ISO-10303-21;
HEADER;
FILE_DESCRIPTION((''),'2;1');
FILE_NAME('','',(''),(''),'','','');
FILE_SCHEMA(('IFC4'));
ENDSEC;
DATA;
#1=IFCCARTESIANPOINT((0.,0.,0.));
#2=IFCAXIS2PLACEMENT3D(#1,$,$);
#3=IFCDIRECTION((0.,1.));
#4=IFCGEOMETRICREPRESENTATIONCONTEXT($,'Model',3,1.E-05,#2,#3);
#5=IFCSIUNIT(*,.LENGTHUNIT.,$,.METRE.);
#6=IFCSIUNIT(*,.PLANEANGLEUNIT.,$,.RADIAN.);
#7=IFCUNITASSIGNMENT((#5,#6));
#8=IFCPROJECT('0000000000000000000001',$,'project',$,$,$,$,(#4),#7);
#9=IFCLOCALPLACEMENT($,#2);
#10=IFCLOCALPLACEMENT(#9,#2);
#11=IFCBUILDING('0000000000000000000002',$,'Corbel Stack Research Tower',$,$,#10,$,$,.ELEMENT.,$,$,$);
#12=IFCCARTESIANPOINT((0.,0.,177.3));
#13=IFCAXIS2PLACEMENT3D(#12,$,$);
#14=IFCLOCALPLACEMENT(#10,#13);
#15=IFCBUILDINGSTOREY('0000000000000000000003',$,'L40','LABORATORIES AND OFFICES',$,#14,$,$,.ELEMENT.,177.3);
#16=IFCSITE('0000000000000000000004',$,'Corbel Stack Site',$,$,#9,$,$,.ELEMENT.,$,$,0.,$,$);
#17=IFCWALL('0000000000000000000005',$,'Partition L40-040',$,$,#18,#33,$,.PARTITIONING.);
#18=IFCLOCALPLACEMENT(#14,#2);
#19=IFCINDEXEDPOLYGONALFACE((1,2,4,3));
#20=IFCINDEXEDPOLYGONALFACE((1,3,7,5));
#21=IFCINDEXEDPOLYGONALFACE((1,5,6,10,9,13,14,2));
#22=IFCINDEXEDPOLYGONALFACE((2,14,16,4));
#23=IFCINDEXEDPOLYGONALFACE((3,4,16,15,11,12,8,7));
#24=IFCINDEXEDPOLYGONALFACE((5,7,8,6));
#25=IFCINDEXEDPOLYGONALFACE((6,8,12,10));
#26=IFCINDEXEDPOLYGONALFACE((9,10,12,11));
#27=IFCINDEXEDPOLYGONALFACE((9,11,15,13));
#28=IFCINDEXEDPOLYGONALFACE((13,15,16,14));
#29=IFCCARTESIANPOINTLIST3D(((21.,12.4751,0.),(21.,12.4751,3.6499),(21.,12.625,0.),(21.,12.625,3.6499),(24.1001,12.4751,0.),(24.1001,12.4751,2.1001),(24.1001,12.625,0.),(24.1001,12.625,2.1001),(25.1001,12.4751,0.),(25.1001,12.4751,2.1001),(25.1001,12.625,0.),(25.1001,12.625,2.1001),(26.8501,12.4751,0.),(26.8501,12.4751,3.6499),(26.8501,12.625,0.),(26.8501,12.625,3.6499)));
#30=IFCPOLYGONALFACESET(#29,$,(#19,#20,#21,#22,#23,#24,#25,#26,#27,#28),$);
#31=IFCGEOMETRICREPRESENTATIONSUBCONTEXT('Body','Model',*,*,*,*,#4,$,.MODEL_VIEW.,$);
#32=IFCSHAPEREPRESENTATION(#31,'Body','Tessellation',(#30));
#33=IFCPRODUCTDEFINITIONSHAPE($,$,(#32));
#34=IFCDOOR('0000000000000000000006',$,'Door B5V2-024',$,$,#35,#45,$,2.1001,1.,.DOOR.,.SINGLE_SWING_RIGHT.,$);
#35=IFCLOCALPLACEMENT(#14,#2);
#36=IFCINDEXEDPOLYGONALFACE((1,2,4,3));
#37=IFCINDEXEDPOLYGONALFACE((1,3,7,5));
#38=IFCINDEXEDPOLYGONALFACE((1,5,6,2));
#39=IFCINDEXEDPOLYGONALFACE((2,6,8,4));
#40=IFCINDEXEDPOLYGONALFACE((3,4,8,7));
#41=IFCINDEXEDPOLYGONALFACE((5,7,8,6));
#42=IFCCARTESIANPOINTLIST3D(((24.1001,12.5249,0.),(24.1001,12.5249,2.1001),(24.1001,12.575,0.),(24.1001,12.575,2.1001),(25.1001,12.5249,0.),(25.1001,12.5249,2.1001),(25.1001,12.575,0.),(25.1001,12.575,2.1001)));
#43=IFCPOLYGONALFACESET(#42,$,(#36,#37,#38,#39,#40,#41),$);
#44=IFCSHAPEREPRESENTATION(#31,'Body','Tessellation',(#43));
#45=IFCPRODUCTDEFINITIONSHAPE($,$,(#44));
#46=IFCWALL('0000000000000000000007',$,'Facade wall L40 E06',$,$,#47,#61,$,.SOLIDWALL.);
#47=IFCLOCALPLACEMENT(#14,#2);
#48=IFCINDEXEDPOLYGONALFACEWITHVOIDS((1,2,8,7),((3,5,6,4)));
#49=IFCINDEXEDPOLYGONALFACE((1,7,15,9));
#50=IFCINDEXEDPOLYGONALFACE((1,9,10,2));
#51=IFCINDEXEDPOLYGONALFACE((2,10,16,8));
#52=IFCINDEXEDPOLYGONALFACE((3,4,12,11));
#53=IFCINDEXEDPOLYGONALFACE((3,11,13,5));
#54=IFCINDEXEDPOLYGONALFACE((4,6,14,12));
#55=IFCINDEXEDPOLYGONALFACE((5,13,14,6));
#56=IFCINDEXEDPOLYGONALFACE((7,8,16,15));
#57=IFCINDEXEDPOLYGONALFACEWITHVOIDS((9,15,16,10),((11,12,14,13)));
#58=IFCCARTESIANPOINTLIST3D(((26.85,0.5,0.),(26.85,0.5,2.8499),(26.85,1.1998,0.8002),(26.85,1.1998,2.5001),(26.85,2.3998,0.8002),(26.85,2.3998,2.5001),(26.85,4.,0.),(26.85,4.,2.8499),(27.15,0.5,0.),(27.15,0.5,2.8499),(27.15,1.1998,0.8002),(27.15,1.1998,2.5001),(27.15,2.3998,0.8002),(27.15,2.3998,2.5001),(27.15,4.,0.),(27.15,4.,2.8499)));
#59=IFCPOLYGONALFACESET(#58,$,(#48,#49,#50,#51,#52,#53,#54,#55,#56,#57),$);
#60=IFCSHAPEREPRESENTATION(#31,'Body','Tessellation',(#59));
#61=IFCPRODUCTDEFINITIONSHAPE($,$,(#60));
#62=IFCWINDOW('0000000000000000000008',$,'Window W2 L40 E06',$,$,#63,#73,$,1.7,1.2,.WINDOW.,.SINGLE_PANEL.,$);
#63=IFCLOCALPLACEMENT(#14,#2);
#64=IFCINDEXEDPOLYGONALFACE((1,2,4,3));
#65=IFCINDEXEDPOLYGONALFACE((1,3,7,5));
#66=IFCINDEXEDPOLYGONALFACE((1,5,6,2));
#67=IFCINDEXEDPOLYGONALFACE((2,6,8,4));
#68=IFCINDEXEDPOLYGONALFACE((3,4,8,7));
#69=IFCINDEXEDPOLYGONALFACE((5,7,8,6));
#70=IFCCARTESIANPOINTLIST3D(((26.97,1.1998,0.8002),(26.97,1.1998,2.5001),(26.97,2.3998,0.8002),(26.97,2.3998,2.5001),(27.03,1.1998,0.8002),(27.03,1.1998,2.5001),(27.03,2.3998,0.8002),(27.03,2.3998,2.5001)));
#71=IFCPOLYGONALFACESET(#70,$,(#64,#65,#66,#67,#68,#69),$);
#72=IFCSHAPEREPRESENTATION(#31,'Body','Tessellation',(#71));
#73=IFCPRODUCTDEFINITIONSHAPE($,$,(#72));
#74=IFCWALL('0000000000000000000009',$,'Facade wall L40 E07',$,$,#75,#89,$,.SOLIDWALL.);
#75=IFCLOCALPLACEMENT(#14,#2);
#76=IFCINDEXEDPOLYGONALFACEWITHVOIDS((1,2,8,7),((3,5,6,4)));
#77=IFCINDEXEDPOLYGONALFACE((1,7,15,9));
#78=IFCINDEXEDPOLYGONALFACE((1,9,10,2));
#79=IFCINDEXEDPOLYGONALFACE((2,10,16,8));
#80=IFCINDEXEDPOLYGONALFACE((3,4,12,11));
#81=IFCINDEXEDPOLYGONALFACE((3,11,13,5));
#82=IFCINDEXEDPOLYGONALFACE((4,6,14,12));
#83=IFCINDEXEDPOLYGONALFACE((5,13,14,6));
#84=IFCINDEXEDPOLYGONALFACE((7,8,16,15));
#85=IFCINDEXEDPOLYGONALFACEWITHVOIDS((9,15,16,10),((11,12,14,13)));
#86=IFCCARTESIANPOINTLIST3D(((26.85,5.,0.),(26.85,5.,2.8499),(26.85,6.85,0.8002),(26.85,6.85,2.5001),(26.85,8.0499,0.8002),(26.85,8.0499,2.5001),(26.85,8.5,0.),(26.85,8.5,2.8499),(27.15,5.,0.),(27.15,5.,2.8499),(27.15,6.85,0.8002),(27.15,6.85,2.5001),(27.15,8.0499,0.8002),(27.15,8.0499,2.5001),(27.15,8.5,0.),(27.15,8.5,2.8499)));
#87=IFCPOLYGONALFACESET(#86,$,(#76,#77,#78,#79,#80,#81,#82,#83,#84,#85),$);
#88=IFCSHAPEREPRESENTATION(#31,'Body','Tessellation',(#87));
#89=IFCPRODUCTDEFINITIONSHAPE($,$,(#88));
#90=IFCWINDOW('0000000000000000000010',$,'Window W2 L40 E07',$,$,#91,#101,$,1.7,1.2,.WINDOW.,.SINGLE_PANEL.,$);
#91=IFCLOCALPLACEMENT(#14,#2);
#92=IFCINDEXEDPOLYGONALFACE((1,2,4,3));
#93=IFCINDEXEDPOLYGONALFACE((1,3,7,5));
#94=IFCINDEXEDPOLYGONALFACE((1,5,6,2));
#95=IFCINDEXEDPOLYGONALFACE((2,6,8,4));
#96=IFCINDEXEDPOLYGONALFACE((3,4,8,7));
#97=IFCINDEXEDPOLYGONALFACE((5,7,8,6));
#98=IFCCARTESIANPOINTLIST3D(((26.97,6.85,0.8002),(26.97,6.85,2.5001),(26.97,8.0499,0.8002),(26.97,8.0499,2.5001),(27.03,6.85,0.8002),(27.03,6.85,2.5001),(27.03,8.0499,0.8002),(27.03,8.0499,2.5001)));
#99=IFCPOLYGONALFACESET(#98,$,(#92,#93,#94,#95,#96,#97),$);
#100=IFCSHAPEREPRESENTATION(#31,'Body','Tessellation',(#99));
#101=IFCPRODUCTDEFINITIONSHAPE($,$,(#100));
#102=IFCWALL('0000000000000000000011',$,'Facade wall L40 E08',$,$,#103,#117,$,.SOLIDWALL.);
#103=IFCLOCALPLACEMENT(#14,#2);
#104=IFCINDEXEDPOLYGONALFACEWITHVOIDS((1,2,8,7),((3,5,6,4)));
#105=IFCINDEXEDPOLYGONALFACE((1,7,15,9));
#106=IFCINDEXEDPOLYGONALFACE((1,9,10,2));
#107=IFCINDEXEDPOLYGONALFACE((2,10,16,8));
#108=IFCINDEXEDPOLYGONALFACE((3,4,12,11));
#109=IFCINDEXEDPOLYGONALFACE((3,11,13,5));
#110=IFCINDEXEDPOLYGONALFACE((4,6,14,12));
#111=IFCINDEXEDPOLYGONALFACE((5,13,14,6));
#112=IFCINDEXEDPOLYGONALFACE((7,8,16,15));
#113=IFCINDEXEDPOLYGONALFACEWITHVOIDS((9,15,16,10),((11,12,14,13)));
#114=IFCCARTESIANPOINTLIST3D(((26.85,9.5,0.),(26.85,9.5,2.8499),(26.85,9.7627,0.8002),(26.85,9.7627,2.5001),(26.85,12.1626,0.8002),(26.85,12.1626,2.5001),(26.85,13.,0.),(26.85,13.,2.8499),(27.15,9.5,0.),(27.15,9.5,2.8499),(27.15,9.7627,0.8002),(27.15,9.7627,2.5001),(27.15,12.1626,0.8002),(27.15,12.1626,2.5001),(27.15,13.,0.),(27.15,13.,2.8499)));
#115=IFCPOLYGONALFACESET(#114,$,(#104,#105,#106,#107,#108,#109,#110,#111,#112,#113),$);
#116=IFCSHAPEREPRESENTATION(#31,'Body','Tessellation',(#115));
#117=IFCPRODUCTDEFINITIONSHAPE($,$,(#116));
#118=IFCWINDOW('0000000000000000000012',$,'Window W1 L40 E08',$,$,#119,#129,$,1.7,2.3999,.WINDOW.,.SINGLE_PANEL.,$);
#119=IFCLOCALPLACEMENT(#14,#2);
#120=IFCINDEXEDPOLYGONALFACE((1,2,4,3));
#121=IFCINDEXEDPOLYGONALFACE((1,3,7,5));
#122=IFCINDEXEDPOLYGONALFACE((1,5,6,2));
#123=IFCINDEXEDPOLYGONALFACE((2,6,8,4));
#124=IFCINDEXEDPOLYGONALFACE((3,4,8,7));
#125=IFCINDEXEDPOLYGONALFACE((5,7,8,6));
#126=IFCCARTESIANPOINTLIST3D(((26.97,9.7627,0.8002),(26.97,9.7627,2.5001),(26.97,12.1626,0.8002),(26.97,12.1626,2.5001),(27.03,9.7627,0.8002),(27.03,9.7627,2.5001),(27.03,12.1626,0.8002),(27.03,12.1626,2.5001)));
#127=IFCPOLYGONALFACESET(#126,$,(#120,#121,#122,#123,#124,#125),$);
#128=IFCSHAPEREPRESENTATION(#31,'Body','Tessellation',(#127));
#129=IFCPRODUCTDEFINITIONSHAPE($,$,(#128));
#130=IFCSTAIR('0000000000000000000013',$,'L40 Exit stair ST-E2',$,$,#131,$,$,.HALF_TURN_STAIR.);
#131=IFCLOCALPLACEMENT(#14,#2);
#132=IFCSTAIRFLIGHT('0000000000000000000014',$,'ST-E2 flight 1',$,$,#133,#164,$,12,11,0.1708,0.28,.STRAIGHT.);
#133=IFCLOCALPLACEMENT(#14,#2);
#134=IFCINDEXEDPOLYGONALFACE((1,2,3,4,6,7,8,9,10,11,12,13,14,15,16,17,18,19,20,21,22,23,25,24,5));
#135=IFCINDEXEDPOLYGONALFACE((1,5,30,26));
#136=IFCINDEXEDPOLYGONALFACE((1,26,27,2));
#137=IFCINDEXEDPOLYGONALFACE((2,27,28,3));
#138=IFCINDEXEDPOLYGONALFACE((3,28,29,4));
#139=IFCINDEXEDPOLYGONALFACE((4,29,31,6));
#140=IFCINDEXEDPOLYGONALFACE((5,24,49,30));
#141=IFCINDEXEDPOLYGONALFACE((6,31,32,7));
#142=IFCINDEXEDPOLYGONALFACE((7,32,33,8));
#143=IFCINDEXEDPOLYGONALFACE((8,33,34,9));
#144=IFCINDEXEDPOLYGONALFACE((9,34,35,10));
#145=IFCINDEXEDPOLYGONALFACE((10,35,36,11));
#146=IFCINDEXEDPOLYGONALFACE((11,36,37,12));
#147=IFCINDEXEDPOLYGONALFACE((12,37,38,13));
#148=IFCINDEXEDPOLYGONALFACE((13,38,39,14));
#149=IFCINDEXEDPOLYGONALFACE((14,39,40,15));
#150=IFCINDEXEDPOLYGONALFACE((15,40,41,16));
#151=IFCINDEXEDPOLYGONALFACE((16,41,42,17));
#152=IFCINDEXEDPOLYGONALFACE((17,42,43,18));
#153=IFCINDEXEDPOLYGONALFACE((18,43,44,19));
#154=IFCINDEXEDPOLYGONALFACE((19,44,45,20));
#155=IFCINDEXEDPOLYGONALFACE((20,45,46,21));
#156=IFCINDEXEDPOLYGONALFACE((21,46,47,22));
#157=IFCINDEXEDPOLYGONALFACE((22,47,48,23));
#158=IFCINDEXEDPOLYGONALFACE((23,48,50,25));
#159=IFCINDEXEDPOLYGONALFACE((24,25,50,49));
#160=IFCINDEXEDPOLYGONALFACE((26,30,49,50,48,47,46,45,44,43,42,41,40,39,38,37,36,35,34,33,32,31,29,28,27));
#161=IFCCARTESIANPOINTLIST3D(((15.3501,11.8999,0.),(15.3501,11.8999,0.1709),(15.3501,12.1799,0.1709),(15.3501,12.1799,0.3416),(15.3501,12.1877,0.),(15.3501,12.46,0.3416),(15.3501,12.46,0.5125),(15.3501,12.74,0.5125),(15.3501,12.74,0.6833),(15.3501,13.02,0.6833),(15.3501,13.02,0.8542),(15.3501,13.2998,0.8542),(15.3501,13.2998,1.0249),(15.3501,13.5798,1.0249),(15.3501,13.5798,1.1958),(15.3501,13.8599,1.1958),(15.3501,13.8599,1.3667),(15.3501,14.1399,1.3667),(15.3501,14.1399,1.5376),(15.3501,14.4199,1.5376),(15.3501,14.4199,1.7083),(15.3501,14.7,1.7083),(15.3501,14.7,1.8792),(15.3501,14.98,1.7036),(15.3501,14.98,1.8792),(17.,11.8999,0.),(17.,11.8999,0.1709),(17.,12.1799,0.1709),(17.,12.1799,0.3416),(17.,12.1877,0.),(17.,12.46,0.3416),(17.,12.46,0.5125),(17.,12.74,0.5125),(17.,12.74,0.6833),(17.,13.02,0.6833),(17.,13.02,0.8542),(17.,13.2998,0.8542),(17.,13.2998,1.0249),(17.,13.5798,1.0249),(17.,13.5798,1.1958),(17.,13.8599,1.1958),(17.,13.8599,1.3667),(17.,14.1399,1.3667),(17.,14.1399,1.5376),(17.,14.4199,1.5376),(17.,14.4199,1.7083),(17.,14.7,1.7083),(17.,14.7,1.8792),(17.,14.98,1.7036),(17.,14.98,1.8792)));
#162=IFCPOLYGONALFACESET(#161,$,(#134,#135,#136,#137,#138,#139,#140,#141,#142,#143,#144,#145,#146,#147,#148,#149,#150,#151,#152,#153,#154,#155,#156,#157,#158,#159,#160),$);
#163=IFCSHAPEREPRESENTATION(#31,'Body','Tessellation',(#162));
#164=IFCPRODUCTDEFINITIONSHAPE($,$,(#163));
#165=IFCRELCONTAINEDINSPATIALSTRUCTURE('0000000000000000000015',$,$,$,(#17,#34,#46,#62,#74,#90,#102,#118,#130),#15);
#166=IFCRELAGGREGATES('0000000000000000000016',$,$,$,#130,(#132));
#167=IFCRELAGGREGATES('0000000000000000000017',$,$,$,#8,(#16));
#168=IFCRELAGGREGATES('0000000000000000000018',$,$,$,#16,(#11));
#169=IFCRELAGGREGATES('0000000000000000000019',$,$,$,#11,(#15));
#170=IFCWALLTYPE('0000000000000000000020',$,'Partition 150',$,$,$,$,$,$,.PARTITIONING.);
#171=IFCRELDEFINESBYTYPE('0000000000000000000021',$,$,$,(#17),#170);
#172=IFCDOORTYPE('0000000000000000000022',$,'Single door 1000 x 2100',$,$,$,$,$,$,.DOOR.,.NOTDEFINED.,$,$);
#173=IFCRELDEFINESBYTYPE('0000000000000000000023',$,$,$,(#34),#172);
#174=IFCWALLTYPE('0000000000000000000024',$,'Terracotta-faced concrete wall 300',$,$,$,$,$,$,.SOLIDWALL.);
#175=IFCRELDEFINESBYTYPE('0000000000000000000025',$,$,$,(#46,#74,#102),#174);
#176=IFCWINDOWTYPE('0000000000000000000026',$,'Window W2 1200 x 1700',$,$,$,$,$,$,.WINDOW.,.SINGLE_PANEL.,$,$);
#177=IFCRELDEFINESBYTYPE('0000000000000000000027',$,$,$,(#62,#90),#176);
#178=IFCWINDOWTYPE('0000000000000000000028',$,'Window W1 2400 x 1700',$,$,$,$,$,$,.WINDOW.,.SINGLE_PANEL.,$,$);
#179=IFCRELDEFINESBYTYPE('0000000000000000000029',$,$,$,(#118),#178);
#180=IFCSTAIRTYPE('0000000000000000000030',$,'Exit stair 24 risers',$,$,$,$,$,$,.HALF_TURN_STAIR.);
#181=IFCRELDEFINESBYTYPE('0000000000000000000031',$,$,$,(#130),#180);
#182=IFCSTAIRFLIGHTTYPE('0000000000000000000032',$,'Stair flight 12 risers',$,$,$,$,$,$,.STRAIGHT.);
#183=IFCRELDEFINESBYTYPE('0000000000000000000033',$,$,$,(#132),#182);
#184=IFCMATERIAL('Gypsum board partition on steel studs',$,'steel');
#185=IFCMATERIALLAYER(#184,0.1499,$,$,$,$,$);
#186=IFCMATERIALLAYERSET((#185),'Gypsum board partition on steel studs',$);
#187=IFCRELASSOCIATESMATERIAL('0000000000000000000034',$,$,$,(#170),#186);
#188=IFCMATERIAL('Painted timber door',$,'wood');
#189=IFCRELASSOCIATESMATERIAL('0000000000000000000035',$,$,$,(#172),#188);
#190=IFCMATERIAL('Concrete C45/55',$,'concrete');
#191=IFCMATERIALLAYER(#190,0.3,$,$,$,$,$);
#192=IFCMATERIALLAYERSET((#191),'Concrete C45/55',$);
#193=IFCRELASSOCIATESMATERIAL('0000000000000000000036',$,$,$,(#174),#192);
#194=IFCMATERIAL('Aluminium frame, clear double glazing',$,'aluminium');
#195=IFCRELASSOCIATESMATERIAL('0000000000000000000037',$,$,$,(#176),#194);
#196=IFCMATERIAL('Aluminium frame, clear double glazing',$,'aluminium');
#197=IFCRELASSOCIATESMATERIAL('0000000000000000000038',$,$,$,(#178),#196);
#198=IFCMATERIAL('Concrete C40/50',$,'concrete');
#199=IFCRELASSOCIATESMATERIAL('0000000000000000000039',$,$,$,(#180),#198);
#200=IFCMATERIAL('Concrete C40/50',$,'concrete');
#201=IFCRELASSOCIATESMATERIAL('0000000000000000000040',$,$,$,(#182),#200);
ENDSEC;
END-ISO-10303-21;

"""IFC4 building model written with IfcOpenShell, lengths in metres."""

from ifc_helpers import new_model, si_unit, direction, frame, frame_2d, origin, place, context, subcontext, project, spatial, polyline, rectangle, outline, extrude, material, layer, layer_set, type_object, element, fill, aggregate, save


model = new_model("IFC4")

# Units and contexts
model_context = context("Model", 3, precision=1e-05, world=origin(), true_north=direction((0.0, 1.0)))
body_context = subcontext(model_context, "Body", "Model", "MODEL_VIEW")
ifc_project = project(units=[si_unit("LENGTHUNIT", "METRE"), si_unit("PLANEANGLEUNIT", "RADIAN")], contexts=[model_context])

# Site, building, storey
site_placement = place(None, origin())
site = spatial("IfcSite", under=ifc_project, at=site_placement, Name="Corbel Stack Site", CompositionType="ELEMENT", RefElevation=0.0)
building_placement = place(site_placement, origin())
building = spatial("IfcBuilding", under=site, at=building_placement, Name="Corbel Stack Research Tower", CompositionType="ELEMENT")
storey_placement = place(building_placement, frame((0.0, 0.0, 177.3)))
storey = spatial("IfcBuildingStorey", under=building, at=storey_placement, Name="L40", Description="LABORATORIES AND OFFICES", CompositionType="ELEMENT", Elevation=177.3)

# Wall, opening, door
ifc_material_1 = material(Name="Gypsum board partition on steel studs", Category="steel")
ifc_layer_1 = layer(ifc_material_1, 0.1499)
ifc_layer_set_1 = layer_set([ifc_layer_1], Name="Gypsum board partition on steel studs")
wall_type_1 = type_object("IfcWallType", Name="Partition 150", PredefinedType="PARTITIONING", material=ifc_layer_set_1)
wall_1_placement = place(storey_placement, frame((21.0, 12.55, 0.0), z_axis=(0.0, 0.0, 1.0), x_axis=(1.0, 0.0, 0.0)))
wall_1 = element("IfcWall", 1, at=wall_1_placement, inside=storey, type_object=wall_type_1, Name="Partition L40-040", PredefinedType="PARTITIONING", context=body_context, shape_type="SweptSolid", body=[
    extrude(rectangle(XDim=5.8501, YDim=0.1499, at=frame_2d((2.925, 0.0))), origin(), (0.0, 0.0, 1.0), 3.6499),
])
opening_1_placement = place(wall_1_placement, frame((3.1001, 0.0, 0.0)))
opening_1 = element("IfcOpeningElement", 2, at=opening_1_placement, cuts=wall_1, PredefinedType="OPENING", context=body_context, shape_type="SweptSolid", body=[
    extrude(rectangle(XDim=1.0, YDim=2.1001, at=frame_2d((0.5, 1.05))), frame((0.0, 0.085, 0.0), z_axis=(0.0, -1.0, 0.0), x_axis=(1.0, 0.0, 0.0)), (0.0, 0.0, 1.0), 0.1699),
])
ifc_material_2 = material(Name="Painted timber door", Category="wood")
door_type_1 = type_object("IfcDoorType", Name="Single door 1000 x 2100", OperationType="NOTDEFINED", PredefinedType="DOOR", material=ifc_material_2)
door_1_placement = place(opening_1_placement, origin())
door_1 = element("IfcDoor", 3, at=door_1_placement, inside=storey, type_object=door_type_1, Name="Door B5V2-024", OperationType="SINGLE_SWING_RIGHT", OverallHeight=2.1001, OverallWidth=1.0, PredefinedType="DOOR", context=body_context, shape_type="SweptSolid", body=[
    extrude(rectangle(XDim=1.0, YDim=2.1001, at=frame_2d((0.5, 1.05))), frame((0.0, 0.0249, 0.0), z_axis=(0.0, -1.0, 0.0), x_axis=(1.0, 0.0, 0.0)), (0.0, 0.0, 1.0), 0.05),
])
fill(opening_1, door_1)

# Walls, openings, windows
ifc_material_3 = material(Name="Concrete C45/55", Category="concrete")
ifc_layer_2 = layer(ifc_material_3, 0.3)
ifc_layer_set_2 = layer_set([ifc_layer_2], Name="Concrete C45/55")
wall_type_2 = type_object("IfcWallType", Name="Terracotta-faced concrete wall 300", PredefinedType="SOLIDWALL", material=ifc_layer_set_2)
wall_2_placement = place(storey_placement, frame((27.0, 4.0, 0.0), z_axis=(0.0, 0.0, 1.0), x_axis=(0.0, -1.0, 0.0)))
wall_2 = element("IfcWall", 4, at=wall_2_placement, inside=storey, type_object=wall_type_2, Name="Facade wall L40 E06", PredefinedType="SOLIDWALL", context=body_context, shape_type="SweptSolid", body=[
    extrude(rectangle(XDim=3.5, YDim=0.3, at=frame_2d((1.75, 0.0))), origin(), (0.0, 0.0, 1.0), 2.8499),
])
opening_2_placement = place(wall_2_placement, frame((1.6001, 0.0, 0.8)))
opening_2 = element("IfcOpeningElement", 5, at=opening_2_placement, cuts=wall_2, PredefinedType="OPENING", context=body_context, shape_type="SweptSolid", body=[
    extrude(rectangle(XDim=1.2, YDim=1.7, at=frame_2d((0.6001, 0.8501))), frame((0.0, 0.1599, 0.0), z_axis=(0.0, -1.0, 0.0), x_axis=(1.0, 0.0, 0.0)), (0.0, 0.0, 1.0), 0.3201),
])
ifc_material_4 = material(Name="Aluminium frame, clear double glazing", Category="aluminium")
window_type_1 = type_object("IfcWindowType", Name="Window W2 1200 x 1700", PartitioningType="SINGLE_PANEL", PredefinedType="WINDOW", material=ifc_material_4)
window_1_placement = place(opening_2_placement, origin())
window_1 = element("IfcWindow", 6, at=window_1_placement, inside=storey, type_object=window_type_1, Name="Window W2 L40 E06", OverallHeight=1.7, OverallWidth=1.2, PartitioningType="SINGLE_PANEL", PredefinedType="WINDOW", context=body_context, shape_type="SweptSolid", body=[
    extrude(rectangle(XDim=1.2, YDim=1.7, at=frame_2d((0.6001, 0.8501))), frame((0.0, 0.03, 0.0), z_axis=(0.0, -1.0, 0.0), x_axis=(1.0, 0.0, 0.0)), (0.0, 0.0, 1.0), 0.0601),
])
fill(opening_2, window_1)
wall_3_placement = place(storey_placement, frame((27.0, 8.5, 0.0), z_axis=(0.0, 0.0, 1.0), x_axis=(0.0, -1.0, 0.0)))
wall_3 = element("IfcWall", 7, at=wall_3_placement, inside=storey, type_object=wall_type_2, Name="Facade wall L40 E07", PredefinedType="SOLIDWALL", context=body_context, shape_type="SweptSolid", body=[
    extrude(rectangle(XDim=3.5, YDim=0.3, at=frame_2d((1.75, 0.0))), origin(), (0.0, 0.0, 1.0), 2.8499),
])
opening_3_placement = place(wall_3_placement, frame((0.45, 0.0, 0.8)))
opening_3 = element("IfcOpeningElement", 8, at=opening_3_placement, cuts=wall_3, PredefinedType="OPENING", context=body_context, shape_type="SweptSolid", body=[
    extrude(rectangle(XDim=1.2, YDim=1.7, at=frame_2d((0.6001, 0.8501))), frame((0.0, 0.1599, 0.0), z_axis=(0.0, -1.0, 0.0), x_axis=(1.0, 0.0, 0.0)), (0.0, 0.0, 1.0), 0.3201),
])
window_2_placement = place(opening_3_placement, origin())
window_2 = element("IfcWindow", 9, at=window_2_placement, inside=storey, type_object=window_type_1, Name="Window W2 L40 E07", OverallHeight=1.7, OverallWidth=1.2, PartitioningType="SINGLE_PANEL", PredefinedType="WINDOW", context=body_context, shape_type="SweptSolid", body=[
    extrude(rectangle(XDim=1.2, YDim=1.7, at=frame_2d((0.6001, 0.8501))), frame((0.0, 0.03, 0.0), z_axis=(0.0, -1.0, 0.0), x_axis=(1.0, 0.0, 0.0)), (0.0, 0.0, 1.0), 0.0601),
])
fill(opening_3, window_2)
wall_4_placement = place(storey_placement, frame((27.0, 13.0, 0.0), z_axis=(0.0, 0.0, 1.0), x_axis=(0.0, -1.0, 0.0)))
wall_4 = element("IfcWall", 10, at=wall_4_placement, inside=storey, type_object=wall_type_2, Name="Facade wall L40 E08", PredefinedType="SOLIDWALL", context=body_context, shape_type="SweptSolid", body=[
    extrude(rectangle(XDim=3.5, YDim=0.3, at=frame_2d((1.75, 0.0))), origin(), (0.0, 0.0, 1.0), 2.8499),
])
opening_4_placement = place(wall_4_placement, frame((0.8374, 0.0, 0.8)))
opening_4 = element("IfcOpeningElement", 11, at=opening_4_placement, cuts=wall_4, PredefinedType="OPENING", context=body_context, shape_type="SweptSolid", body=[
    extrude(rectangle(XDim=2.3999, YDim=1.7, at=frame_2d((1.2, 0.8501))), frame((0.0, 0.1599, 0.0), z_axis=(0.0, -1.0, 0.0), x_axis=(1.0, 0.0, 0.0)), (0.0, 0.0, 1.0), 0.3201),
])
ifc_material_5 = material(Name="Aluminium frame, clear double glazing", Category="aluminium")
window_type_2 = type_object("IfcWindowType", Name="Window W1 2400 x 1700", PartitioningType="SINGLE_PANEL", PredefinedType="WINDOW", material=ifc_material_5)
window_3_placement = place(opening_4_placement, origin())
window_3 = element("IfcWindow", 12, at=window_3_placement, inside=storey, type_object=window_type_2, Name="Window W1 L40 E08", OverallHeight=1.7, OverallWidth=2.3999, PartitioningType="SINGLE_PANEL", PredefinedType="WINDOW", context=body_context, shape_type="SweptSolid", body=[
    extrude(rectangle(XDim=2.3999, YDim=1.7, at=frame_2d((1.2, 0.8501))), frame((0.0, 0.03, 0.0), z_axis=(0.0, -1.0, 0.0), x_axis=(1.0, 0.0, 0.0)), (0.0, 0.0, 1.0), 0.0601),
])
fill(opening_4, window_3)

# Stair, stair flight
ifc_material_6 = material(Name="Concrete C40/50", Category="concrete")
stair_type = type_object("IfcStairType", Name="Exit stair 24 risers", PredefinedType="HALF_TURN_STAIR", material=ifc_material_6)
stair_placement = place(storey_placement, origin())
stair = element("IfcStair", 13, at=stair_placement, inside=storey, type_object=stair_type, Name="L40 Exit stair ST-E2", PredefinedType="HALF_TURN_STAIR")
ifc_material_7 = material(Name="Concrete C40/50", Category="concrete")
stair_flight_type = type_object("IfcStairFlightType", Name="Stair flight 12 risers", PredefinedType="STRAIGHT", material=ifc_material_7)
stair_flight_placement = place(storey_placement, frame((16.175, 11.8999, 0.0), z_axis=(0.0, 0.0, 1.0), x_axis=(0.0, 1.0, 0.0)))
stair_flight = element("IfcStairFlight", 14, at=stair_flight_placement, type_object=stair_flight_type, Name="ST-E2 flight 1", NumberOfRisers=12, NumberOfTreads=11, PredefinedType="STRAIGHT", RiserHeight=0.1708, TreadLength=0.28, context=body_context, shape_type="SweptSolid", body=[
    extrude(outline(polyline([(0.0, 0.0), (0.0, 0.1709), (0.28, 0.1709), (0.28, 0.3416), (0.5601, 0.3416), (0.5601, 0.5125), (0.8401, 0.5125), (0.8401, 0.6833), (1.1201, 0.6833), (1.1201, 0.8542), (1.3999, 0.8542), (1.3999, 1.0249), (1.6799, 1.0249), (1.6799, 1.1958), (1.96, 1.1958), (1.96, 1.3667), (2.24, 1.3667), (2.24, 1.5376), (2.52, 1.5376), (2.52, 1.7083), (2.8, 1.7083), (2.8, 1.8792), (3.0801, 1.8792), (3.0801, 2.05), (3.0801, 1.7036), (0.2878, 0.0), (0.0, 0.0)])), frame((0.0, 0.825, 0.0), z_axis=(0.0, -1.0, 0.0), x_axis=(1.0, 0.0, 0.0)), (0.0, 0.0, 1.0), 1.6499),
])
aggregate(stair, [stair_flight])

save(model, "model.ifc")
